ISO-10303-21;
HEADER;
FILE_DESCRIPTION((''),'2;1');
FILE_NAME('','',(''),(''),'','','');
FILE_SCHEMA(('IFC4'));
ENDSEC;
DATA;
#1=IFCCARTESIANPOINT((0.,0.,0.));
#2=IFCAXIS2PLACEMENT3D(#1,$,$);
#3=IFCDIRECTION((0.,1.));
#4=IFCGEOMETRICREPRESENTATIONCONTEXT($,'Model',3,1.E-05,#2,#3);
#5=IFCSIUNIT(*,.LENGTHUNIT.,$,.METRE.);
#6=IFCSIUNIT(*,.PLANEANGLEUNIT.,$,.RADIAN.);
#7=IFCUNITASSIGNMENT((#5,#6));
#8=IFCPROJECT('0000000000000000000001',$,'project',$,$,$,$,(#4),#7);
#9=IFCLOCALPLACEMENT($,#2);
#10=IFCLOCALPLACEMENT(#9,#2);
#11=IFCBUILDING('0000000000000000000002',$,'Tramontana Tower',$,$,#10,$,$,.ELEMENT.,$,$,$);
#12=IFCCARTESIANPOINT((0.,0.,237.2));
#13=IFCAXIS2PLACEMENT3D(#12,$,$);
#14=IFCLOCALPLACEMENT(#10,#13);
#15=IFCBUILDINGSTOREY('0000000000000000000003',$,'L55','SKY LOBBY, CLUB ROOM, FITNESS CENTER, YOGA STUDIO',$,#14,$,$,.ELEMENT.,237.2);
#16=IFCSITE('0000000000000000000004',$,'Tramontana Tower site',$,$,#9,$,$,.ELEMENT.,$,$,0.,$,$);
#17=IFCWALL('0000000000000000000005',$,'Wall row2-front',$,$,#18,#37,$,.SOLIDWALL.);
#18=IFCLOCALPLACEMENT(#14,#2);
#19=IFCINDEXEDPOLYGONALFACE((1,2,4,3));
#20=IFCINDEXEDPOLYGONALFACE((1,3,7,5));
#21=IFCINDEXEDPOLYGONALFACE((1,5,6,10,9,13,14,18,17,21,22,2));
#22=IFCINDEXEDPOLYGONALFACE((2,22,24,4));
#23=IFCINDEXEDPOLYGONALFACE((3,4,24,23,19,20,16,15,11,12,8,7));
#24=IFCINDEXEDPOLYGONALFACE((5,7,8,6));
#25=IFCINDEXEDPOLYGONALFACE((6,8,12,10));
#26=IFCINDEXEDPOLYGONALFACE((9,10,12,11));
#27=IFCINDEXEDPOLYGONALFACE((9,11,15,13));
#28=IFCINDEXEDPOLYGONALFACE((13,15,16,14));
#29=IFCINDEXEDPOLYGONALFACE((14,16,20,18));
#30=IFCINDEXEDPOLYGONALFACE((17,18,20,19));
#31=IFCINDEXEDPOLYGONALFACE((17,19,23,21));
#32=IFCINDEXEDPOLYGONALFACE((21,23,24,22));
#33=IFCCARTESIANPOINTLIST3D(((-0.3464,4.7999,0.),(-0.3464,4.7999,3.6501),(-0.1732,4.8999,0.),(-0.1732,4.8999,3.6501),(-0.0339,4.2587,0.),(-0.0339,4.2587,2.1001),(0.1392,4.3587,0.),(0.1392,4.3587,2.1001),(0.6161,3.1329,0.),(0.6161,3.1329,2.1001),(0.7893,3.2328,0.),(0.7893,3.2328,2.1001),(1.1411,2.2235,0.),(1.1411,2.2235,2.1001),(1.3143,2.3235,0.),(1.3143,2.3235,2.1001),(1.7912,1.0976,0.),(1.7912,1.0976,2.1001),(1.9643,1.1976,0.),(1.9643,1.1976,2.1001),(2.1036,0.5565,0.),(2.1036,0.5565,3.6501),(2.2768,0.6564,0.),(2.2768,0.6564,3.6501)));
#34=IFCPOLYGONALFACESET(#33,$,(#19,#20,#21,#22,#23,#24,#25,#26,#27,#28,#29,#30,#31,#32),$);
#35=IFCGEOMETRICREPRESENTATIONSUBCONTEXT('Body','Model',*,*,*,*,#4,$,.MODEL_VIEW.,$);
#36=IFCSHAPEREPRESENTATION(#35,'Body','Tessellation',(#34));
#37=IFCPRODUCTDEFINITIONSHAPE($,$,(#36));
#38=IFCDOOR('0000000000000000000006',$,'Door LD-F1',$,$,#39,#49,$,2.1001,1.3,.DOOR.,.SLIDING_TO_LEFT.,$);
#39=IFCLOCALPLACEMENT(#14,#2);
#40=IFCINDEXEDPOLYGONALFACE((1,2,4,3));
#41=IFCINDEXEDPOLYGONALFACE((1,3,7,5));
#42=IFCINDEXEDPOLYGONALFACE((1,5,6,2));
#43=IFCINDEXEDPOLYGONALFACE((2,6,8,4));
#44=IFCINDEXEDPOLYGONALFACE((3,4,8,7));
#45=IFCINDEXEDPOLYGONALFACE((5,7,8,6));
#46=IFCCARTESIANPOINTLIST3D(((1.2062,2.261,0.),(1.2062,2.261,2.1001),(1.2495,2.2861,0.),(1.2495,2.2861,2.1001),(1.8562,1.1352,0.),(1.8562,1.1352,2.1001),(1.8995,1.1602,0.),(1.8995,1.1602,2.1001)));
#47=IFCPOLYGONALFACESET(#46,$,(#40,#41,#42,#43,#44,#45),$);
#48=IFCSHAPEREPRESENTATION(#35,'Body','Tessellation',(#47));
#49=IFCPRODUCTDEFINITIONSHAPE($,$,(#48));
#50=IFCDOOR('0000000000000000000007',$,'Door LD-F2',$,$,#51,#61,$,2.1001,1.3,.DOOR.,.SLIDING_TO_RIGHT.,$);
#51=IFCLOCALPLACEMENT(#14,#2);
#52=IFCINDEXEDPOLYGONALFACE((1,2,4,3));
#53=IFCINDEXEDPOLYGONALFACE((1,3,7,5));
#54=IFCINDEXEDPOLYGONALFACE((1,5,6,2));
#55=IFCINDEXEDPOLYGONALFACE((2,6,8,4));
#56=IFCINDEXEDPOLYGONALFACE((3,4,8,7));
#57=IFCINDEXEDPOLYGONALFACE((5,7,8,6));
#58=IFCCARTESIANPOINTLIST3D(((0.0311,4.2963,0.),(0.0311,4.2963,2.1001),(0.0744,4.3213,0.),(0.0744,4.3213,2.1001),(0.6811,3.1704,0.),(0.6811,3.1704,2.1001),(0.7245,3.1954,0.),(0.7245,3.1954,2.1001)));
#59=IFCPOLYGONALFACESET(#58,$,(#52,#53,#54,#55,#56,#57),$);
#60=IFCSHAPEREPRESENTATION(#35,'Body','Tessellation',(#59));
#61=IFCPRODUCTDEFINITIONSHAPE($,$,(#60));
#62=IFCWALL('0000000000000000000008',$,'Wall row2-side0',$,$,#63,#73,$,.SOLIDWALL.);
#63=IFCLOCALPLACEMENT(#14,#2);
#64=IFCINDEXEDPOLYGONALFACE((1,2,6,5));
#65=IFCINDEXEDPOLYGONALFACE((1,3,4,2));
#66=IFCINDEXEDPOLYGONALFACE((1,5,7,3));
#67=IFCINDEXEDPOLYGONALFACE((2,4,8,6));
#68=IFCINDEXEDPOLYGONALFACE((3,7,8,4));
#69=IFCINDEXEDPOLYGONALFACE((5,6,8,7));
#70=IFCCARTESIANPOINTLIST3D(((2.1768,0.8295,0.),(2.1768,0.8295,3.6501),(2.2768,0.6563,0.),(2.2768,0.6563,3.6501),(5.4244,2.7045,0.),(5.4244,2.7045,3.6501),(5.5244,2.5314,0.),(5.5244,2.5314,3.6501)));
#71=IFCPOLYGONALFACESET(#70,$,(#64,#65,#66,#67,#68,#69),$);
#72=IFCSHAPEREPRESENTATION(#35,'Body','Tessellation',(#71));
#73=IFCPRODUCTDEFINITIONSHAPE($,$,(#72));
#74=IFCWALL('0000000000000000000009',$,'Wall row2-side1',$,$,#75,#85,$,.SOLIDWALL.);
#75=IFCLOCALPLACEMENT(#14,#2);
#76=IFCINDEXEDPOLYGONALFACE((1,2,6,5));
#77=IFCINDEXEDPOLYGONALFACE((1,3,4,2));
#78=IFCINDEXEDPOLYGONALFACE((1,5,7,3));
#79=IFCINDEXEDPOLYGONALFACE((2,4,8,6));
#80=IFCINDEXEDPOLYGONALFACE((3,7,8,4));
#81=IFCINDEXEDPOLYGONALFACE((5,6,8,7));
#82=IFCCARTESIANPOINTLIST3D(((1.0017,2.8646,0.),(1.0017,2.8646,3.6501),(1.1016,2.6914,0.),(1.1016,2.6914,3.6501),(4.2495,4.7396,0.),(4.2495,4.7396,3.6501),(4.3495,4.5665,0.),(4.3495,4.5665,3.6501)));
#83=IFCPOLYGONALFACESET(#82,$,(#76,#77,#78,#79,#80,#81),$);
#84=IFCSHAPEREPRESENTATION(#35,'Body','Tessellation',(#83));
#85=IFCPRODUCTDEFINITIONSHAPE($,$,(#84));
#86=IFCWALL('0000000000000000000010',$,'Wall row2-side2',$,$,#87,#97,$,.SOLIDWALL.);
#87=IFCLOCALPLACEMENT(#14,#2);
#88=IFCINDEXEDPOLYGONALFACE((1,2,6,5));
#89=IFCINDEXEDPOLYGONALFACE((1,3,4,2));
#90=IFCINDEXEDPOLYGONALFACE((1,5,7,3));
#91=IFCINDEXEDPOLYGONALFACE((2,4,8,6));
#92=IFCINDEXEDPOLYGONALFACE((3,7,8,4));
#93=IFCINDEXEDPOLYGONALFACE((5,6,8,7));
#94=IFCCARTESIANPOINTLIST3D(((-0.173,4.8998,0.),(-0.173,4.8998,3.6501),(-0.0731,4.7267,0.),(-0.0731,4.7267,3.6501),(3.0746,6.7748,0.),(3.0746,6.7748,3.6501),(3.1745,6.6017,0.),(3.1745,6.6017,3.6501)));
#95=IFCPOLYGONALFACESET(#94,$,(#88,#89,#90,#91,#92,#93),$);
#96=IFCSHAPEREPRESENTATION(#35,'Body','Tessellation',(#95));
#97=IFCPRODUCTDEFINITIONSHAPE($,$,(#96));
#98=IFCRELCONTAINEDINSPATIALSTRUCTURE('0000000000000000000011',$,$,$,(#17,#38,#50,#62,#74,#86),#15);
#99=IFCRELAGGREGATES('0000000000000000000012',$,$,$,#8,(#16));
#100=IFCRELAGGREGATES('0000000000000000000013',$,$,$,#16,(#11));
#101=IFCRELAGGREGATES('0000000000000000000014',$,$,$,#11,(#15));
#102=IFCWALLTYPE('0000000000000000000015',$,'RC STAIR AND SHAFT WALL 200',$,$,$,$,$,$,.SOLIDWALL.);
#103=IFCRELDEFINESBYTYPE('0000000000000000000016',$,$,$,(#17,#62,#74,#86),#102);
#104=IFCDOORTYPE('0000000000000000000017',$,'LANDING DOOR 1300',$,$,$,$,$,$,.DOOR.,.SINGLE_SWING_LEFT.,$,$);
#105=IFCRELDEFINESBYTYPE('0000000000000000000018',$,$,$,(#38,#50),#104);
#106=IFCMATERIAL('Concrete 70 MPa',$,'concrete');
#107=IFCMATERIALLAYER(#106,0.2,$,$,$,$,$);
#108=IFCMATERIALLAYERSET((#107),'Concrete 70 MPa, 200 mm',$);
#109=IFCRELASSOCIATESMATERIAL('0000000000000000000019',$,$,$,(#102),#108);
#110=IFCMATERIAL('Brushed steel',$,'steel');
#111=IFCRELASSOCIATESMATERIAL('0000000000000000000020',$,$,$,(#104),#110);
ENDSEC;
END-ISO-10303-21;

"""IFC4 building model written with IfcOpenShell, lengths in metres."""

from ifc_helpers import new_model, si_unit, direction, frame, frame_2d, origin, place, context, subcontext, project, spatial, rectangle, extrude, material, layer, layer_set, type_object, element, fill, save


model = new_model("IFC4")

# Units and contexts
model_context = context("Model", 3, precision=1e-05, world=origin(), true_north=direction((0.0, 1.0)))
body_context = subcontext(model_context, "Body", "Model", "MODEL_VIEW")
ifc_project = project(units=[si_unit("LENGTHUNIT", "METRE"), si_unit("PLANEANGLEUNIT", "RADIAN")], contexts=[model_context])

# Site, building, storey
site_placement = place(None, origin())
site = spatial("IfcSite", under=ifc_project, at=site_placement, Name="Tramontana Tower site", CompositionType="ELEMENT", RefElevation=0.0)
building_placement = place(site_placement, origin())
building = spatial("IfcBuilding", under=site, at=building_placement, Name="Tramontana Tower", CompositionType="ELEMENT")
storey_placement = place(building_placement, frame((0.0, 0.0, 237.2)))
storey = spatial("IfcBuildingStorey", under=building, at=storey_placement, Name="L55", Description="SKY LOBBY, CLUB ROOM, FITNESS CENTER, YOGA STUDIO", CompositionType="ELEMENT", Elevation=237.2)

# Shared definitions
ifc_material_1 = material(Name="Concrete 70 MPa", Category="concrete")
ifc_layer_1 = layer(ifc_material_1, 0.2)
ifc_layer_set_1 = layer_set([ifc_layer_1], Name="Concrete 70 MPa, 200 mm")
wall_type_1 = type_object("IfcWallType", Name="RC STAIR AND SHAFT WALL 200", PredefinedType="SOLIDWALL", material=ifc_layer_set_1)

# Wall, openings, doors
wall_1_placement = place(storey_placement, frame((2.1902, 0.6064, 0.0), z_axis=(0.0, 0.0, 1.0), x_axis=(-0.500003, 0.866024, 0.0)))
wall_1 = element("IfcWall", 1, at=wall_1_placement, inside=storey, type_object=wall_type_1, Name="Wall row2-front", PredefinedType="SOLIDWALL", context=body_context, shape_type="SweptSolid", body=[
    extrude(rectangle(XDim=4.8999, YDim=0.2, at=frame_2d((2.45, 0.0))), origin(), (0.0, 0.0, 1.0), 3.6501),
])
opening_1_placement = place(wall_1_placement, frame((0.625, 0.0, 0.0)))
opening_1 = element("IfcOpeningElement", 2, at=opening_1_placement, cuts=wall_1, PredefinedType="OPENING", context=body_context, shape_type="SweptSolid", body=[
    extrude(rectangle(XDim=1.3, YDim=2.1001, at=frame_2d((0.6499, 1.05))), frame((0.0, 0.1099, 0.0), z_axis=(0.0, -1.0, 0.0), x_axis=(1.0, 0.0, 0.0)), (0.0, 0.0, 1.0), 0.22),
])
opening_2_placement = place(wall_1_placement, frame((2.9751, 0.0, 0.0)))
opening_2 = element("IfcOpeningElement", 3, at=opening_2_placement, cuts=wall_1, PredefinedType="OPENING", context=body_context, shape_type="SweptSolid", body=[
    extrude(rectangle(XDim=1.3, YDim=2.1001, at=frame_2d((0.6499, 1.05))), frame((0.0, 0.1099, 0.0), z_axis=(0.0, -1.0, 0.0), x_axis=(1.0, 0.0, 0.0)), (0.0, 0.0, 1.0), 0.22),
])
ifc_material_2 = material(Name="Brushed steel", Category="steel")
door_type_1 = type_object("IfcDoorType", Name="LANDING DOOR 1300", OperationType="SINGLE_SWING_LEFT", PredefinedType="DOOR", material=ifc_material_2)
door_1_placement = place(opening_1_placement, origin())
door_1 = element("IfcDoor", 4, at=door_1_placement, inside=storey, type_object=door_type_1, Name="Door LD-F1", OperationType="SLIDING_TO_LEFT", OverallHeight=2.1001, OverallWidth=1.3, PredefinedType="DOOR", context=body_context, shape_type="SweptSolid", body=[
    extrude(rectangle(XDim=1.3, YDim=2.1001, at=frame_2d((0.6499, 1.05))), frame((0.0, 0.0249, 0.0), z_axis=(0.0, -1.0, 0.0), x_axis=(1.0, 0.0, 0.0)), (0.0, 0.0, 1.0), 0.05),
])
fill(opening_1, door_1)
door_2_placement = place(opening_2_placement, origin())
door_2 = element("IfcDoor", 5, at=door_2_placement, inside=storey, type_object=door_type_1, Name="Door LD-F2", OperationType="SLIDING_TO_RIGHT", OverallHeight=2.1001, OverallWidth=1.3, PredefinedType="DOOR", context=body_context, shape_type="SweptSolid", body=[
    extrude(rectangle(XDim=1.3, YDim=2.1001, at=frame_2d((0.6499, 1.05))), frame((0.0, 0.0249, 0.0), z_axis=(0.0, -1.0, 0.0), x_axis=(1.0, 0.0, 0.0)), (0.0, 0.0, 1.0), 0.05),
])
fill(opening_2, door_2)

# Walls
wall_2_placement = place(storey_placement, frame((2.2268, 0.7429, 0.0), z_axis=(0.0, 0.0, 1.0), x_axis=(0.866023, 0.500004, 0.0)))
element("IfcWall", 6, at=wall_2_placement, inside=storey, type_object=wall_type_1, Name="Wall row2-side0", PredefinedType="SOLIDWALL", context=body_context, shape_type="SweptSolid", body=[
    extrude(rectangle(XDim=3.75, YDim=0.2, at=frame_2d((1.875, 0.0))), origin(), (0.0, 0.0, 1.0), 3.6501),
])
wall_3_placement = place(storey_placement, frame((1.0518, 2.7781, 0.0), z_axis=(0.0, 0.0, 1.0), x_axis=(0.866039, 0.499976, 0.0)))
element("IfcWall", 7, at=wall_3_placement, inside=storey, type_object=wall_type_1, Name="Wall row2-side1", PredefinedType="SOLIDWALL", context=body_context, shape_type="SweptSolid", body=[
    extrude(rectangle(XDim=3.7502, YDim=0.2, at=frame_2d((1.875, 0.0))), origin(), (0.0, 0.0, 1.0), 3.6501),
])
wall_4_placement = place(storey_placement, frame((-0.123, 4.8132, 0.0), z_axis=(0.0, 0.0, 1.0), x_axis=(0.866023, 0.500004, 0.0)))
element("IfcWall", 8, at=wall_4_placement, inside=storey, type_object=wall_type_1, Name="Wall row2-side2", PredefinedType="SOLIDWALL", context=body_context, shape_type="SweptSolid", body=[
    extrude(rectangle(XDim=3.75, YDim=0.2, at=frame_2d((1.875, 0.0))), origin(), (0.0, 0.0, 1.0), 3.6501),
])

save(model, "model.ifc")
